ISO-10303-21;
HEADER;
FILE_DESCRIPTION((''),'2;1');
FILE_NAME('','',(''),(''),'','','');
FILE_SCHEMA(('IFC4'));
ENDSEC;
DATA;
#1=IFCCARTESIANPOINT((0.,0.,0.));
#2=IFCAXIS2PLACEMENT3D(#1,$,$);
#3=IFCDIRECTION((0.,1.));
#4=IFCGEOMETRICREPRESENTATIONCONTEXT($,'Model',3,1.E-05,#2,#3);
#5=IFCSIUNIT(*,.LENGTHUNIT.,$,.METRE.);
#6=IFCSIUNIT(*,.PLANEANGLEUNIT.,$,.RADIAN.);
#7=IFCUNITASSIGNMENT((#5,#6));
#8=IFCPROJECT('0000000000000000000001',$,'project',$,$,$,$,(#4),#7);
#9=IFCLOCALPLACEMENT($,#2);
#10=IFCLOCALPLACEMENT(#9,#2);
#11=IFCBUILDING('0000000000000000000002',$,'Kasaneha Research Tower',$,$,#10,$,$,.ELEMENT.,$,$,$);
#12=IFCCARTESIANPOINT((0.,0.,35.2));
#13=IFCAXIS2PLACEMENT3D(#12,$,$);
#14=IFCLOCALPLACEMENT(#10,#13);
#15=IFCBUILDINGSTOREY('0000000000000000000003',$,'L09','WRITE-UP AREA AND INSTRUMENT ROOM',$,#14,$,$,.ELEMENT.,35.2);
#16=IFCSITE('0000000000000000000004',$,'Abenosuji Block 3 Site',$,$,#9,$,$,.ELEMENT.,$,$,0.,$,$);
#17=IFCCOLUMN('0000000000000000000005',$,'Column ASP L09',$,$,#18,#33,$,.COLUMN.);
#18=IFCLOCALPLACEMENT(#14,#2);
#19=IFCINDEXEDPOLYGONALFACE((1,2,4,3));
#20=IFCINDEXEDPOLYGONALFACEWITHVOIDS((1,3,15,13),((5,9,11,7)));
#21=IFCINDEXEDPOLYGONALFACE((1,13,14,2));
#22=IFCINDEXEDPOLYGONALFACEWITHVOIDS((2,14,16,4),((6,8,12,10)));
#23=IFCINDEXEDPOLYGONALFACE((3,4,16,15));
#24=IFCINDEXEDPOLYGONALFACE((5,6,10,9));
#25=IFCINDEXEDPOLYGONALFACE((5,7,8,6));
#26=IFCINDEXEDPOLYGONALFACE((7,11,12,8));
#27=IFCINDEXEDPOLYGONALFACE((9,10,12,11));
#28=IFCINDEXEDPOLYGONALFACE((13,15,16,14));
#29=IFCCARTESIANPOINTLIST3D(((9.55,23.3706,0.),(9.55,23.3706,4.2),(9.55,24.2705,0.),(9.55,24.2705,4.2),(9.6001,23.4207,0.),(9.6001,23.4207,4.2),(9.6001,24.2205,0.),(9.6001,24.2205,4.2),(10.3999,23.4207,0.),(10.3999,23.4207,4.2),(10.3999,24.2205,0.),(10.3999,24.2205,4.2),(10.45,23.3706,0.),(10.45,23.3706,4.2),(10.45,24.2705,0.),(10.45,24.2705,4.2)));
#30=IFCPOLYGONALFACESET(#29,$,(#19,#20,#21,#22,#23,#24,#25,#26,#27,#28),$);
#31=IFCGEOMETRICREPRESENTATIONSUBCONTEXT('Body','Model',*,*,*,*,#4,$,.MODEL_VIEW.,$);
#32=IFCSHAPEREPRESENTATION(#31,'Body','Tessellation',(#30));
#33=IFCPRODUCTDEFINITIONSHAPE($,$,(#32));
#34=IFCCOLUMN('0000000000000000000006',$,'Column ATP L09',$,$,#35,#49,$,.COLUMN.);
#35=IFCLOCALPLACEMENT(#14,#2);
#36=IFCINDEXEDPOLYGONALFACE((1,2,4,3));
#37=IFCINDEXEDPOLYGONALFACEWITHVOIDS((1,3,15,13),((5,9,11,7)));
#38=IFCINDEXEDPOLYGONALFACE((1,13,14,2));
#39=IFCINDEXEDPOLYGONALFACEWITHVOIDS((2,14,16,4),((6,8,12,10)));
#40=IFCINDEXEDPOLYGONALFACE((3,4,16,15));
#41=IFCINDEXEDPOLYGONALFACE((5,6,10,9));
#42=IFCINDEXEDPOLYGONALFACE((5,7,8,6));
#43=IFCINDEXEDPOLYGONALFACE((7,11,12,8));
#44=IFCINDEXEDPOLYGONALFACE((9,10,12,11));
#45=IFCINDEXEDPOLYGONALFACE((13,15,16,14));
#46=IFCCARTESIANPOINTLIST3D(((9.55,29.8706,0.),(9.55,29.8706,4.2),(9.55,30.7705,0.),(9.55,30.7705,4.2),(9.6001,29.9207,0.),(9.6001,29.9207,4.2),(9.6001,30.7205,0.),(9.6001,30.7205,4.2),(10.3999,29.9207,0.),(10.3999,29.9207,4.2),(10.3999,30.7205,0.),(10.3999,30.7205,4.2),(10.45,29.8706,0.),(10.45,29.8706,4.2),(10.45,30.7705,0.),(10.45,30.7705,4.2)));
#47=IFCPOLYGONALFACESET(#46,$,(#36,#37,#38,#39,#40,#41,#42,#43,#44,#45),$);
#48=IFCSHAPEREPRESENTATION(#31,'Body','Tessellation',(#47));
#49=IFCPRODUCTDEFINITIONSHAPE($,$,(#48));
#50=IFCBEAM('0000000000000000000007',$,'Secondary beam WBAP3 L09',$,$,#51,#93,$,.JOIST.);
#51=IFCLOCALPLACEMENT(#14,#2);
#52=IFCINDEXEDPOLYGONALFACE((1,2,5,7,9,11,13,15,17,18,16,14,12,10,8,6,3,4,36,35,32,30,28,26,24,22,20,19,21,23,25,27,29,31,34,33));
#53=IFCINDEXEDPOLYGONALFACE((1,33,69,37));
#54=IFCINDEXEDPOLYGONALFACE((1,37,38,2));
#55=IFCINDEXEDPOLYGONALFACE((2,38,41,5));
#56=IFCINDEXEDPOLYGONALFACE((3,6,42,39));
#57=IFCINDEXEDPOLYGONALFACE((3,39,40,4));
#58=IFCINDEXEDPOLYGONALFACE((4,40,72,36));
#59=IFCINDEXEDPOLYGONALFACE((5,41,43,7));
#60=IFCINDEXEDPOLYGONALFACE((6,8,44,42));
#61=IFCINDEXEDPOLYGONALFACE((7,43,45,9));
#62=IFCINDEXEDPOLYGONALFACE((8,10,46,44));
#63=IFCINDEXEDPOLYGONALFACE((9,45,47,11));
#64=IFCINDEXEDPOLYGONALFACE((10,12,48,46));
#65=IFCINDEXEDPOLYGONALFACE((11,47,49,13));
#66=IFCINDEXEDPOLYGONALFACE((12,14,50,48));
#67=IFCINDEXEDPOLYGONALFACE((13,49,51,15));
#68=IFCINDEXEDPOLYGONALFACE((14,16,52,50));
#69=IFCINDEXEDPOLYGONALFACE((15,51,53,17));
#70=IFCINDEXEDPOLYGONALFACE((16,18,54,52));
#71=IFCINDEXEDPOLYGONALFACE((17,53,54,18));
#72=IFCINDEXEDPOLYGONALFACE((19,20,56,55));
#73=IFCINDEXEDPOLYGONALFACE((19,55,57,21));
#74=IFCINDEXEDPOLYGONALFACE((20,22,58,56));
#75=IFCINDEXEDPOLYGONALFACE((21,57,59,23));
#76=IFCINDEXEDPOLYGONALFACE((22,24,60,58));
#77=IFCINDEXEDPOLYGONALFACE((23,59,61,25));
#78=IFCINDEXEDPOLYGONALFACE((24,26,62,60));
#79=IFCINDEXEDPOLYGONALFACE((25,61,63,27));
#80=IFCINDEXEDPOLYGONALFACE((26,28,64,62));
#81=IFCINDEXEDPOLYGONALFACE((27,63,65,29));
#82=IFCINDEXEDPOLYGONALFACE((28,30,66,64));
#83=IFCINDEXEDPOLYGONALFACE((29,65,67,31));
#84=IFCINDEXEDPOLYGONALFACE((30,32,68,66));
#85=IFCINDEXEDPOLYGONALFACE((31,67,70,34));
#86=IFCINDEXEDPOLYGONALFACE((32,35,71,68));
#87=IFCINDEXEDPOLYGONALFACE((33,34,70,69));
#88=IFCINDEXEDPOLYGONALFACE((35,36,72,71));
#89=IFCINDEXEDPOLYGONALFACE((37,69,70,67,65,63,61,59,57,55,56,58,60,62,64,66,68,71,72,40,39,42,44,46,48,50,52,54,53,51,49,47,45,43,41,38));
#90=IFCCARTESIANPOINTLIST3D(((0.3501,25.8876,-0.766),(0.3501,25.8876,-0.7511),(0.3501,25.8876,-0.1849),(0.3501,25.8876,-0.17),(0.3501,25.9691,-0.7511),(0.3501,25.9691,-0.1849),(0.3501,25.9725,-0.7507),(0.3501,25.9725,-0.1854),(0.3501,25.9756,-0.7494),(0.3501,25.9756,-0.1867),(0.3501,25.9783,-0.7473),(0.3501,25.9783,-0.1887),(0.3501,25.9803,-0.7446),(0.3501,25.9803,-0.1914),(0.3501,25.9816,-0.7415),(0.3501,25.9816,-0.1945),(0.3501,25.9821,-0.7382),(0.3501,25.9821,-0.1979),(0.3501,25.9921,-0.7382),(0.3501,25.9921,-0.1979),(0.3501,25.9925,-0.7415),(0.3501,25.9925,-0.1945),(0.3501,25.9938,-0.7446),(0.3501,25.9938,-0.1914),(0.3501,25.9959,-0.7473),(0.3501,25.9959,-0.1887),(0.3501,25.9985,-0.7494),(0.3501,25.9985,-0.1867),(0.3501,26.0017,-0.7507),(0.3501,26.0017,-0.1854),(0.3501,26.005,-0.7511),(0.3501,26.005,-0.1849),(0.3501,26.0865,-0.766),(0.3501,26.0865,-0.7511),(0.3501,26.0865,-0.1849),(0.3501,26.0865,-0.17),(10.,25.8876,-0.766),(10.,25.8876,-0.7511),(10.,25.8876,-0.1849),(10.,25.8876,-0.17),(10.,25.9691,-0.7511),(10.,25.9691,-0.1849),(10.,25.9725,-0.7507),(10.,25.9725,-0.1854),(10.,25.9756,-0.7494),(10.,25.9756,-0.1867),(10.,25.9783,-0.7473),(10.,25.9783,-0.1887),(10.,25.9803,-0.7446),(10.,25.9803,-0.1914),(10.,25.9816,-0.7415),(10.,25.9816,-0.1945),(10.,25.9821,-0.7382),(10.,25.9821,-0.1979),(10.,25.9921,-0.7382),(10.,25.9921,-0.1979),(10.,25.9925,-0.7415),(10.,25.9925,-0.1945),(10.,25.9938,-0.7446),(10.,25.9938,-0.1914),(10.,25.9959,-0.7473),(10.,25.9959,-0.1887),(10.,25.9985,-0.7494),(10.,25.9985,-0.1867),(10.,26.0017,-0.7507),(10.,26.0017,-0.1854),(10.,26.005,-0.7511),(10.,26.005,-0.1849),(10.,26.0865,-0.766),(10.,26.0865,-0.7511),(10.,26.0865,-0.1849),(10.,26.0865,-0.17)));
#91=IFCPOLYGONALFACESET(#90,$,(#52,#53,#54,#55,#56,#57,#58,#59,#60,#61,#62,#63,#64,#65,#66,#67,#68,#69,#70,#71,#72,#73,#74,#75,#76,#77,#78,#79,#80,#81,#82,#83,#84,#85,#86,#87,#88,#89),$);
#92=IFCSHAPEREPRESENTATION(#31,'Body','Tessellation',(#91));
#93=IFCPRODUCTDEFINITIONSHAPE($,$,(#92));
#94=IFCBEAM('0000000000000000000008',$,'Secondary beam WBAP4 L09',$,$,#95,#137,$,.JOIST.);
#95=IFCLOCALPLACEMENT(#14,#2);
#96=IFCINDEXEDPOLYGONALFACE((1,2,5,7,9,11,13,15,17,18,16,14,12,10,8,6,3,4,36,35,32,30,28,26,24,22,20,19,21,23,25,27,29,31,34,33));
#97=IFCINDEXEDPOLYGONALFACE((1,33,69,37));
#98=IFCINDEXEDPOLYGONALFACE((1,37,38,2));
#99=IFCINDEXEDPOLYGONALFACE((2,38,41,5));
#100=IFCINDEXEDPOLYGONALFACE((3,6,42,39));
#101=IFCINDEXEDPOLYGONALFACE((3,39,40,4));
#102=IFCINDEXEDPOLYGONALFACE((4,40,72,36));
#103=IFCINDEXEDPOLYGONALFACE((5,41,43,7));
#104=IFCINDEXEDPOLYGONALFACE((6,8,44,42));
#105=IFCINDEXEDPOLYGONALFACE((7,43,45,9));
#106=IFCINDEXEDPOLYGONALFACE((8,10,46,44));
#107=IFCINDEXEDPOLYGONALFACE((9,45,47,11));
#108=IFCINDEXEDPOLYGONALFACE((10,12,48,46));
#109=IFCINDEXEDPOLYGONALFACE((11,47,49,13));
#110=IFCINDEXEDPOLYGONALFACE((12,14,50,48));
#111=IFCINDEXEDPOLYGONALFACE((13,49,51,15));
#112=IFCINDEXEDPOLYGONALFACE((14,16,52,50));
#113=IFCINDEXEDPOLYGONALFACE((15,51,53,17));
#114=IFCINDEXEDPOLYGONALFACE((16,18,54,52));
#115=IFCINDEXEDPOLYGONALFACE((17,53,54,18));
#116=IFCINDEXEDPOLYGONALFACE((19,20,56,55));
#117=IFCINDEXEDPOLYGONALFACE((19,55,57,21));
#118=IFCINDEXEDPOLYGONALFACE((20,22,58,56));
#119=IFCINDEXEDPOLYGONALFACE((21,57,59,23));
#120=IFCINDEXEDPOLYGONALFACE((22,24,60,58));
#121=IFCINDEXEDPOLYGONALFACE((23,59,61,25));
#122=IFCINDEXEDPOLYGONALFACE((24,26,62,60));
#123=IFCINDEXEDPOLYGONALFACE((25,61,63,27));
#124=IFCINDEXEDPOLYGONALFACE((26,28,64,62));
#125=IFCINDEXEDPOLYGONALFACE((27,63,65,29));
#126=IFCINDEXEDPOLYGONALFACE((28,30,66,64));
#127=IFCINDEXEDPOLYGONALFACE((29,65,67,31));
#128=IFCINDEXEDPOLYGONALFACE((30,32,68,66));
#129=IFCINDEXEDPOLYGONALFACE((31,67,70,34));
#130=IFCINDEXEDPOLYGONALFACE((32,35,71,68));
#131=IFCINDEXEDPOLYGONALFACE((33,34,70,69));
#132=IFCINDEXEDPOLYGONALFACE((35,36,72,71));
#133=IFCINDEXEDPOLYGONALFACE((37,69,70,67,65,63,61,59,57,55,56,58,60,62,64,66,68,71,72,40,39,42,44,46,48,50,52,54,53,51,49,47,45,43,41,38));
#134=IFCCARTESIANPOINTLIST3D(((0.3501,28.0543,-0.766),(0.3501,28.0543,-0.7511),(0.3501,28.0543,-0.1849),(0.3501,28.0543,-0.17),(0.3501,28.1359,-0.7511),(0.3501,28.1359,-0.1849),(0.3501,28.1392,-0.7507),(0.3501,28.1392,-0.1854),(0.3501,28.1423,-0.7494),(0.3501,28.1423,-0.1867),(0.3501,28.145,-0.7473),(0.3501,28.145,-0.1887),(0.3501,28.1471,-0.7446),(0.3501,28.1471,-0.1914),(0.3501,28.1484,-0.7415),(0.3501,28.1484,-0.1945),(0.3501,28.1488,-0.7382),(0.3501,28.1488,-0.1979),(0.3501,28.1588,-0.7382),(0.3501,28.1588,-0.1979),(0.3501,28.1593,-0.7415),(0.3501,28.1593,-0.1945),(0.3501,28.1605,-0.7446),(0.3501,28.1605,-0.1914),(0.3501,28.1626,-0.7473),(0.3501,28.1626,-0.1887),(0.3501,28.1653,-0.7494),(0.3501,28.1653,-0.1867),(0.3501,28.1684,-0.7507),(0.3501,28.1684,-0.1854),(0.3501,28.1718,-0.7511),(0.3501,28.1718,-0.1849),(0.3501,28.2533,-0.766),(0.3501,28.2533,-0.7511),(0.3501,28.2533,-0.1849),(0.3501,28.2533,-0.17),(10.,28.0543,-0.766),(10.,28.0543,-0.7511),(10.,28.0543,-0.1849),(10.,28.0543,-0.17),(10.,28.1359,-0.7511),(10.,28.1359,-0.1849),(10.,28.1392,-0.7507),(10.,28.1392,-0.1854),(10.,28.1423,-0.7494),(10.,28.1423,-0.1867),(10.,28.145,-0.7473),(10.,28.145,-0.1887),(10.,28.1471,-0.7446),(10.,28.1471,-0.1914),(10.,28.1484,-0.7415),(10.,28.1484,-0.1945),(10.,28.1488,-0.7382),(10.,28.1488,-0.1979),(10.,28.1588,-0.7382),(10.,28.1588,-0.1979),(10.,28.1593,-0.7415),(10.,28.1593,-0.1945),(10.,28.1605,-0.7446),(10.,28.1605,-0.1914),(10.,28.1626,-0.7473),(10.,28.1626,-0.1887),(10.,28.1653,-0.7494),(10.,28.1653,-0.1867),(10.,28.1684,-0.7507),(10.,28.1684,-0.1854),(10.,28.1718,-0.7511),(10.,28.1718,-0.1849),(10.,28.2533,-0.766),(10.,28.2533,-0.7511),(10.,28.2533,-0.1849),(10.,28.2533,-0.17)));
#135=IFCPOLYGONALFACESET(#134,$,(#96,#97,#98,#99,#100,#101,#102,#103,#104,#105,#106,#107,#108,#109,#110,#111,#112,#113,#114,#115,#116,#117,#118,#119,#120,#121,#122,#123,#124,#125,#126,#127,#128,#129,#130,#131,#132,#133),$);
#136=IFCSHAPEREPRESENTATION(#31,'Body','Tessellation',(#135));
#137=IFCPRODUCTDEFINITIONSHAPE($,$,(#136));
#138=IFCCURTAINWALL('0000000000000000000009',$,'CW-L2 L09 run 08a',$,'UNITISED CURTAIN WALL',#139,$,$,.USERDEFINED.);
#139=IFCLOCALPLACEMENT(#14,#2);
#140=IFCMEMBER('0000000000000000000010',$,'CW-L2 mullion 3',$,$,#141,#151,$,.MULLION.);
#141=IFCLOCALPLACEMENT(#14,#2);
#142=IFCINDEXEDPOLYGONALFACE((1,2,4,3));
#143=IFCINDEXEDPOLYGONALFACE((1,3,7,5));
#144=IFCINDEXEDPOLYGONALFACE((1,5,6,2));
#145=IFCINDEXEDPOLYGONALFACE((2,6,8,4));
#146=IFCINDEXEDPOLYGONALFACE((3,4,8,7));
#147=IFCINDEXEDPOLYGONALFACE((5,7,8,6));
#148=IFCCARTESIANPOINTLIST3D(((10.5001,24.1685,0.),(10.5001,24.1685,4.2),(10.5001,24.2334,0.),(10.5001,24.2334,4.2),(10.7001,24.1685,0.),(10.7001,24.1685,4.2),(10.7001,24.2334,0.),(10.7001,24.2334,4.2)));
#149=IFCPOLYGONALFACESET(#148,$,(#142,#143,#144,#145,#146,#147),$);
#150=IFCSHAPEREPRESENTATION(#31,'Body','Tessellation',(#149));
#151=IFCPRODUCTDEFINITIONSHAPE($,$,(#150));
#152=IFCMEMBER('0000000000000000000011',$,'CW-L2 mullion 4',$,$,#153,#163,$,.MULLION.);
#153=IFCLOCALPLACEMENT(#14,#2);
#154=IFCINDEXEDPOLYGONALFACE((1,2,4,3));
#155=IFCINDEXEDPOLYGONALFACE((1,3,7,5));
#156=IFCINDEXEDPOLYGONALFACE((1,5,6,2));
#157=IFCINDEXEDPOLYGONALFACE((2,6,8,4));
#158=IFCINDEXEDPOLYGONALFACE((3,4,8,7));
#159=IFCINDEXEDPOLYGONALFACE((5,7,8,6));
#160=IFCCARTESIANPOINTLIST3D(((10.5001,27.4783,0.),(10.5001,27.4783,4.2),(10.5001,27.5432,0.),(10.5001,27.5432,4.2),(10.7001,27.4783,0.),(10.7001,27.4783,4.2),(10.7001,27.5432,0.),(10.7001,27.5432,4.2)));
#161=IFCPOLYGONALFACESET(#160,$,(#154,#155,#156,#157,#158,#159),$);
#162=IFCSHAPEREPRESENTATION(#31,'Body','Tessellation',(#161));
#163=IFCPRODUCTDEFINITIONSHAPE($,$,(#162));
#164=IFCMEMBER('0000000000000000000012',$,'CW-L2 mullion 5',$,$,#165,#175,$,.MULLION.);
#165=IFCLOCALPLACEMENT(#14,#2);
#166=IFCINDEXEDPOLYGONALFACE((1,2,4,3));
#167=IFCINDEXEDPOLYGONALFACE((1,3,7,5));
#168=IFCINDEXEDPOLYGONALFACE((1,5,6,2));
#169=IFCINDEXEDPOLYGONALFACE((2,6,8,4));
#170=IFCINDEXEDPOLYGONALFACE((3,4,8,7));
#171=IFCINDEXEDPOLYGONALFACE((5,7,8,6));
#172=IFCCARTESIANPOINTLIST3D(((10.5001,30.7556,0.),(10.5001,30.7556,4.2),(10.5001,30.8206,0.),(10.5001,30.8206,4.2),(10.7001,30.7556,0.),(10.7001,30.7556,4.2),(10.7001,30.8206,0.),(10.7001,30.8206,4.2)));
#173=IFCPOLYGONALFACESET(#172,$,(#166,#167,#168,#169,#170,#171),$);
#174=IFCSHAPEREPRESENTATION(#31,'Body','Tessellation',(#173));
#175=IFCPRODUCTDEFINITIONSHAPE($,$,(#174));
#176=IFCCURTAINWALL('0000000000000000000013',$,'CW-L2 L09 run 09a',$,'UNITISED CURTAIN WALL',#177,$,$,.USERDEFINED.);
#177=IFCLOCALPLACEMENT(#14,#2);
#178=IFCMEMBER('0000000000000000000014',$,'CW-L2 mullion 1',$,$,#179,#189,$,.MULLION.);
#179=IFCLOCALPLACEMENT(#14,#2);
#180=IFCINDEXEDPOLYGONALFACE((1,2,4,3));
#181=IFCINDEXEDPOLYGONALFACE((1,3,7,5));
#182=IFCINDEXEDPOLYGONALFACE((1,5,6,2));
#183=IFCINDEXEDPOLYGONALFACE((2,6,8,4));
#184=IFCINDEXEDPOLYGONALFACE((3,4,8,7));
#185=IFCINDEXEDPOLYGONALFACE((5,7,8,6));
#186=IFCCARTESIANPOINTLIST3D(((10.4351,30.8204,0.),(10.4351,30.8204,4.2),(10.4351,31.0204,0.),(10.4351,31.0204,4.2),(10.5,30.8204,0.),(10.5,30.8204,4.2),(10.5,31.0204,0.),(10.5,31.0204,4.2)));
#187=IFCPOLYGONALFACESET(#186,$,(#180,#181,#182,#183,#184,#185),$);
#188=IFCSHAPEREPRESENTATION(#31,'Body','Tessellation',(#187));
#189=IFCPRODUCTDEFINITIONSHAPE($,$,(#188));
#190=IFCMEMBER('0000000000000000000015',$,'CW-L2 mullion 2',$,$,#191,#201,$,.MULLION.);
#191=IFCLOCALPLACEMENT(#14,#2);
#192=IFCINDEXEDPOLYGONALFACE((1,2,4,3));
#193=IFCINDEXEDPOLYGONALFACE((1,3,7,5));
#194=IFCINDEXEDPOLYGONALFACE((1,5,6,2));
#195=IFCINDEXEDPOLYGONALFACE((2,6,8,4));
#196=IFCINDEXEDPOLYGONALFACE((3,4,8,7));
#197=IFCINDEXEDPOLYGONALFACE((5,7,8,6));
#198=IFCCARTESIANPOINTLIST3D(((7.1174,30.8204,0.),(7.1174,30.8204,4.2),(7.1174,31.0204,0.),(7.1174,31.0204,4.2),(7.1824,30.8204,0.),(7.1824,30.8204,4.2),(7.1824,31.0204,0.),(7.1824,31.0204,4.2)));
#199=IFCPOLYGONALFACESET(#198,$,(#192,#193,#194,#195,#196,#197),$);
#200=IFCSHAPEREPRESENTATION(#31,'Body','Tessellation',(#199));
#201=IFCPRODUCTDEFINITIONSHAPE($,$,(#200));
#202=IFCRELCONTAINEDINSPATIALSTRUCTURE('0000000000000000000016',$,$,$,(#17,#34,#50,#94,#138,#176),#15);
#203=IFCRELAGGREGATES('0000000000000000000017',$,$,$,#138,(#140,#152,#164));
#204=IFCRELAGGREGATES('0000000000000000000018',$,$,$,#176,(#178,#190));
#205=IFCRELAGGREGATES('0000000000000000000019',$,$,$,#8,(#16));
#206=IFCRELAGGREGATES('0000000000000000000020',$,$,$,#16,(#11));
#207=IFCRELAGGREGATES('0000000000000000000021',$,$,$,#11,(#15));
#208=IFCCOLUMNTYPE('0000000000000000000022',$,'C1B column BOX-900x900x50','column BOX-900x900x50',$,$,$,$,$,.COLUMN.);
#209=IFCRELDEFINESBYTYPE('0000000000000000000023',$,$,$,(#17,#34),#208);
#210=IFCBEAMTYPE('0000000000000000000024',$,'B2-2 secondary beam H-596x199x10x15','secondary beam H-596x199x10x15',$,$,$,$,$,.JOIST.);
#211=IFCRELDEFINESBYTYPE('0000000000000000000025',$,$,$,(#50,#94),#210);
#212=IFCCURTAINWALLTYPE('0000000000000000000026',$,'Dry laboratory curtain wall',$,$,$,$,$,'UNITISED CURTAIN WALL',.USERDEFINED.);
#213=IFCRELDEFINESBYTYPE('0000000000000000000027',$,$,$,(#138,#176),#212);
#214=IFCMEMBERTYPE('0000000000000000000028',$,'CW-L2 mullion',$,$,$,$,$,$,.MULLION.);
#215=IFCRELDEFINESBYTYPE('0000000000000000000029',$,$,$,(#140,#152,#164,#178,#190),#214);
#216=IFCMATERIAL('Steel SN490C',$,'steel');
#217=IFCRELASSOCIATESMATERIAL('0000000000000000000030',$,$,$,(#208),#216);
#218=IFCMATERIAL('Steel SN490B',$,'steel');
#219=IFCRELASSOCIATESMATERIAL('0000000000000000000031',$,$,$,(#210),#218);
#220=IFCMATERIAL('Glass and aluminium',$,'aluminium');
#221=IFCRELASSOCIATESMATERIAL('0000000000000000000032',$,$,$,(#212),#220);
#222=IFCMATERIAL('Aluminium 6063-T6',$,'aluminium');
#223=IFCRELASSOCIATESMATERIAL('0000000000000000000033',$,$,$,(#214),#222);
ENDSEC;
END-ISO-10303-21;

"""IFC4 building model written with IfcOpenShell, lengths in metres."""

from ifc_helpers import new_model, si_unit, direction, frame, origin, origin_2d, place, context, subcontext, project, spatial, rectangle, hollow_rectangle, i_section, extrude, material, material_profile, profile_set, type_object, element, aggregate, save


model = new_model("IFC4")

# Units and contexts
model_context = context("Model", 3, precision=1e-05, world=origin(), true_north=direction((0.0, 1.0)))
body_context = subcontext(model_context, "Body", "Model", "MODEL_VIEW")
ifc_project = project(units=[si_unit("LENGTHUNIT", "METRE"), si_unit("PLANEANGLEUNIT", "RADIAN")], contexts=[model_context])

# Site, building, storey
site_placement = place(None, origin())
site = spatial("IfcSite", under=ifc_project, at=site_placement, Name="Abenosuji Block 3 Site", CompositionType="ELEMENT", RefElevation=0.0)
building_placement = place(site_placement, origin())
building = spatial("IfcBuilding", under=site, at=building_placement, Name="Kasaneha Research Tower", CompositionType="ELEMENT")
storey_placement = place(building_placement, frame((0.0, 0.0, 35.2)))
storey = spatial("IfcBuildingStorey", under=building, at=storey_placement, Name="L09", Description="WRITE-UP AREA AND INSTRUMENT ROOM", CompositionType="ELEMENT", Elevation=35.2)

# Columns
ifc_material_1 = material(Name="Steel SN490C", Category="steel")
ifc_material_profile_1 = material_profile(ifc_material_1, hollow_rectangle(XDim=0.8999, YDim=0.8999, WallThickness=0.05, at=origin_2d()), Name="BOX-900x900x50")
ifc_profile_set_1 = profile_set([ifc_material_profile_1], Name="Steel SN490C")
column_type = type_object("IfcColumnType", Name="C1B column BOX-900x900x50", Description="column BOX-900x900x50", PredefinedType="COLUMN", material=ifc_profile_set_1)
for number, where, z_axis, x_axis, name in (
    (1, (10.0, 23.8206, 0.0), (0.0, 0.0, 1.0), (1.0, 0.0, 0.0), "Column ASP L09"),
    (2, (10.0, 30.3206, 0.0), (0.0, 0.0, 1.0), (1.0, 0.0, 0.0), "Column ATP L09"),
):
    element("IfcColumn", number, at=place(storey_placement, frame(where, z_axis=z_axis, x_axis=x_axis)), inside=storey, type_object=column_type, Name=name, PredefinedType="COLUMN", context=body_context, shape_type="SweptSolid", body=[
        extrude(hollow_rectangle(XDim=0.8999, YDim=0.8999, WallThickness=0.05, at=origin_2d()), origin(), (0.0, 0.0, 1.0), 4.2),
    ])

# Beams
ifc_material_2 = material(Name="Steel SN490B", Category="steel")
ifc_material_profile_2 = material_profile(ifc_material_2, i_section(OverallWidth=0.199, OverallDepth=0.5959, WebThickness=0.01, FlangeThickness=0.0149, FilletRadius=0.0129, at=origin_2d()), Name="H-596x199x10x15")
ifc_profile_set_2 = profile_set([ifc_material_profile_2], Name="Steel SN490B")
beam_type_1 = type_object("IfcBeamType", Name="B2-2 secondary beam H-596x199x10x15", Description="secondary beam H-596x199x10x15", PredefinedType="JOIST", material=ifc_profile_set_2)
for number, where, z_axis, x_axis, name in (
    (3, (10.0, 25.9871, -0.468), (-1.0, 0.0, 0.0), (0.0, -1.0, 0.0), "Secondary beam WBAP3 L09"),
    (4, (10.0, 28.1538, -0.468), (-1.0, 0.0, 0.0), (0.0, -1.0, 0.0), "Secondary beam WBAP4 L09"),
):
    element("IfcBeam", number, at=place(storey_placement, frame(where, z_axis=z_axis, x_axis=x_axis)), inside=storey, type_object=beam_type_1, Name=name, PredefinedType="JOIST", context=body_context, shape_type="SweptSolid", body=[
        extrude(i_section(OverallWidth=0.199, OverallDepth=0.5959, WebThickness=0.01, FlangeThickness=0.0149, FilletRadius=0.0129, at=origin_2d()), origin(), (0.0, 0.0, 1.0), 9.6499),
    ])

# Curtain walls, members
ifc_material_3 = material(Name="Glass and aluminium", Category="aluminium")
curtain_wall_type = type_object("IfcCurtainWallType", Name="Dry laboratory curtain wall", ElementType="UNITISED CURTAIN WALL", PredefinedType="USERDEFINED", material=ifc_material_3)
curtain_wall_1_placement = place(storey_placement, origin())
curtain_wall_1 = element("IfcCurtainWall", 5, at=curtain_wall_1_placement, inside=storey, type_object=curtain_wall_type, Name="CW-L2 L09 run 08a", ObjectType="UNITISED CURTAIN WALL", PredefinedType="USERDEFINED")
ifc_material_4 = material(Name="Aluminium 6063-T6", Category="aluminium")
ifc_material_profile_3 = material_profile(ifc_material_4, rectangle(XDim=0.0649, YDim=0.2, at=origin_2d()), Name="CW-L2 mullion 65x200")
ifc_profile_set_3 = profile_set([ifc_material_profile_3], Name="Aluminium 6063-T6")
member_type_1 = type_object("IfcMemberType", Name="CW-L2 mullion", PredefinedType="MULLION", material=ifc_profile_set_3)
member_1_placement = place(storey_placement, frame((10.6001, 24.2009, 0.0), z_axis=(0.0, 0.0, 1.0), x_axis=(0.0, 1.0, 0.0)))
member_1 = element("IfcMember", 6, at=member_1_placement, type_object=member_type_1, Name="CW-L2 mullion 3", PredefinedType="MULLION", context=body_context, shape_type="SweptSolid", body=[
    extrude(rectangle(XDim=0.0649, YDim=0.2, at=origin_2d()), origin(), (0.0, 0.0, 1.0), 4.2),
])
member_2_placement = place(storey_placement, frame((10.6001, 27.5107, 0.0), z_axis=(0.0, 0.0, 1.0), x_axis=(0.0, 1.0, 0.0)))
member_2 = element("IfcMember", 7, at=member_2_placement, type_object=member_type_1, Name="CW-L2 mullion 4", PredefinedType="MULLION", context=body_context, shape_type="SweptSolid", body=[
    extrude(rectangle(XDim=0.0649, YDim=0.2, at=origin_2d()), origin(), (0.0, 0.0, 1.0), 4.2),
])
member_3_placement = place(storey_placement, frame((10.6001, 30.7881, 0.0), z_axis=(0.0, 0.0, 1.0), x_axis=(0.0, 1.0, 0.0)))
member_3 = element("IfcMember", 8, at=member_3_placement, type_object=member_type_1, Name="CW-L2 mullion 5", PredefinedType="MULLION", context=body_context, shape_type="SweptSolid", body=[
    extrude(rectangle(XDim=0.0649, YDim=0.2, at=origin_2d()), origin(), (0.0, 0.0, 1.0), 4.2),
])
curtain_wall_2_placement = place(storey_placement, origin())
curtain_wall_2 = element("IfcCurtainWall", 9, at=curtain_wall_2_placement, inside=storey, type_object=curtain_wall_type, Name="CW-L2 L09 run 09a", ObjectType="UNITISED CURTAIN WALL", PredefinedType="USERDEFINED")
member_4_placement = place(storey_placement, frame((10.4675, 30.9204, 0.0), z_axis=(0.0, 0.0, 1.0), x_axis=(-1.0, 0.0, 0.0)))
member_4 = element("IfcMember", 10, at=member_4_placement, type_object=member_type_1, Name="CW-L2 mullion 1", PredefinedType="MULLION", context=body_context, shape_type="SweptSolid", body=[
    extrude(rectangle(XDim=0.0649, YDim=0.2, at=origin_2d()), origin(), (0.0, 0.0, 1.0), 4.2),
])
member_5_placement = place(storey_placement, frame((7.1499, 30.9204, 0.0), z_axis=(0.0, 0.0, 1.0), x_axis=(-1.0, 0.0, 0.0)))
member_5 = element("IfcMember", 11, at=member_5_placement, type_object=member_type_1, Name="CW-L2 mullion 2", PredefinedType="MULLION", context=body_context, shape_type="SweptSolid", body=[
    extrude(rectangle(XDim=0.0649, YDim=0.2, at=origin_2d()), origin(), (0.0, 0.0, 1.0), 4.2),
])

aggregate(curtain_wall_1, [member_1, member_2, member_3])
aggregate(curtain_wall_2, [member_4, member_5])

save(model, "model.ifc")
